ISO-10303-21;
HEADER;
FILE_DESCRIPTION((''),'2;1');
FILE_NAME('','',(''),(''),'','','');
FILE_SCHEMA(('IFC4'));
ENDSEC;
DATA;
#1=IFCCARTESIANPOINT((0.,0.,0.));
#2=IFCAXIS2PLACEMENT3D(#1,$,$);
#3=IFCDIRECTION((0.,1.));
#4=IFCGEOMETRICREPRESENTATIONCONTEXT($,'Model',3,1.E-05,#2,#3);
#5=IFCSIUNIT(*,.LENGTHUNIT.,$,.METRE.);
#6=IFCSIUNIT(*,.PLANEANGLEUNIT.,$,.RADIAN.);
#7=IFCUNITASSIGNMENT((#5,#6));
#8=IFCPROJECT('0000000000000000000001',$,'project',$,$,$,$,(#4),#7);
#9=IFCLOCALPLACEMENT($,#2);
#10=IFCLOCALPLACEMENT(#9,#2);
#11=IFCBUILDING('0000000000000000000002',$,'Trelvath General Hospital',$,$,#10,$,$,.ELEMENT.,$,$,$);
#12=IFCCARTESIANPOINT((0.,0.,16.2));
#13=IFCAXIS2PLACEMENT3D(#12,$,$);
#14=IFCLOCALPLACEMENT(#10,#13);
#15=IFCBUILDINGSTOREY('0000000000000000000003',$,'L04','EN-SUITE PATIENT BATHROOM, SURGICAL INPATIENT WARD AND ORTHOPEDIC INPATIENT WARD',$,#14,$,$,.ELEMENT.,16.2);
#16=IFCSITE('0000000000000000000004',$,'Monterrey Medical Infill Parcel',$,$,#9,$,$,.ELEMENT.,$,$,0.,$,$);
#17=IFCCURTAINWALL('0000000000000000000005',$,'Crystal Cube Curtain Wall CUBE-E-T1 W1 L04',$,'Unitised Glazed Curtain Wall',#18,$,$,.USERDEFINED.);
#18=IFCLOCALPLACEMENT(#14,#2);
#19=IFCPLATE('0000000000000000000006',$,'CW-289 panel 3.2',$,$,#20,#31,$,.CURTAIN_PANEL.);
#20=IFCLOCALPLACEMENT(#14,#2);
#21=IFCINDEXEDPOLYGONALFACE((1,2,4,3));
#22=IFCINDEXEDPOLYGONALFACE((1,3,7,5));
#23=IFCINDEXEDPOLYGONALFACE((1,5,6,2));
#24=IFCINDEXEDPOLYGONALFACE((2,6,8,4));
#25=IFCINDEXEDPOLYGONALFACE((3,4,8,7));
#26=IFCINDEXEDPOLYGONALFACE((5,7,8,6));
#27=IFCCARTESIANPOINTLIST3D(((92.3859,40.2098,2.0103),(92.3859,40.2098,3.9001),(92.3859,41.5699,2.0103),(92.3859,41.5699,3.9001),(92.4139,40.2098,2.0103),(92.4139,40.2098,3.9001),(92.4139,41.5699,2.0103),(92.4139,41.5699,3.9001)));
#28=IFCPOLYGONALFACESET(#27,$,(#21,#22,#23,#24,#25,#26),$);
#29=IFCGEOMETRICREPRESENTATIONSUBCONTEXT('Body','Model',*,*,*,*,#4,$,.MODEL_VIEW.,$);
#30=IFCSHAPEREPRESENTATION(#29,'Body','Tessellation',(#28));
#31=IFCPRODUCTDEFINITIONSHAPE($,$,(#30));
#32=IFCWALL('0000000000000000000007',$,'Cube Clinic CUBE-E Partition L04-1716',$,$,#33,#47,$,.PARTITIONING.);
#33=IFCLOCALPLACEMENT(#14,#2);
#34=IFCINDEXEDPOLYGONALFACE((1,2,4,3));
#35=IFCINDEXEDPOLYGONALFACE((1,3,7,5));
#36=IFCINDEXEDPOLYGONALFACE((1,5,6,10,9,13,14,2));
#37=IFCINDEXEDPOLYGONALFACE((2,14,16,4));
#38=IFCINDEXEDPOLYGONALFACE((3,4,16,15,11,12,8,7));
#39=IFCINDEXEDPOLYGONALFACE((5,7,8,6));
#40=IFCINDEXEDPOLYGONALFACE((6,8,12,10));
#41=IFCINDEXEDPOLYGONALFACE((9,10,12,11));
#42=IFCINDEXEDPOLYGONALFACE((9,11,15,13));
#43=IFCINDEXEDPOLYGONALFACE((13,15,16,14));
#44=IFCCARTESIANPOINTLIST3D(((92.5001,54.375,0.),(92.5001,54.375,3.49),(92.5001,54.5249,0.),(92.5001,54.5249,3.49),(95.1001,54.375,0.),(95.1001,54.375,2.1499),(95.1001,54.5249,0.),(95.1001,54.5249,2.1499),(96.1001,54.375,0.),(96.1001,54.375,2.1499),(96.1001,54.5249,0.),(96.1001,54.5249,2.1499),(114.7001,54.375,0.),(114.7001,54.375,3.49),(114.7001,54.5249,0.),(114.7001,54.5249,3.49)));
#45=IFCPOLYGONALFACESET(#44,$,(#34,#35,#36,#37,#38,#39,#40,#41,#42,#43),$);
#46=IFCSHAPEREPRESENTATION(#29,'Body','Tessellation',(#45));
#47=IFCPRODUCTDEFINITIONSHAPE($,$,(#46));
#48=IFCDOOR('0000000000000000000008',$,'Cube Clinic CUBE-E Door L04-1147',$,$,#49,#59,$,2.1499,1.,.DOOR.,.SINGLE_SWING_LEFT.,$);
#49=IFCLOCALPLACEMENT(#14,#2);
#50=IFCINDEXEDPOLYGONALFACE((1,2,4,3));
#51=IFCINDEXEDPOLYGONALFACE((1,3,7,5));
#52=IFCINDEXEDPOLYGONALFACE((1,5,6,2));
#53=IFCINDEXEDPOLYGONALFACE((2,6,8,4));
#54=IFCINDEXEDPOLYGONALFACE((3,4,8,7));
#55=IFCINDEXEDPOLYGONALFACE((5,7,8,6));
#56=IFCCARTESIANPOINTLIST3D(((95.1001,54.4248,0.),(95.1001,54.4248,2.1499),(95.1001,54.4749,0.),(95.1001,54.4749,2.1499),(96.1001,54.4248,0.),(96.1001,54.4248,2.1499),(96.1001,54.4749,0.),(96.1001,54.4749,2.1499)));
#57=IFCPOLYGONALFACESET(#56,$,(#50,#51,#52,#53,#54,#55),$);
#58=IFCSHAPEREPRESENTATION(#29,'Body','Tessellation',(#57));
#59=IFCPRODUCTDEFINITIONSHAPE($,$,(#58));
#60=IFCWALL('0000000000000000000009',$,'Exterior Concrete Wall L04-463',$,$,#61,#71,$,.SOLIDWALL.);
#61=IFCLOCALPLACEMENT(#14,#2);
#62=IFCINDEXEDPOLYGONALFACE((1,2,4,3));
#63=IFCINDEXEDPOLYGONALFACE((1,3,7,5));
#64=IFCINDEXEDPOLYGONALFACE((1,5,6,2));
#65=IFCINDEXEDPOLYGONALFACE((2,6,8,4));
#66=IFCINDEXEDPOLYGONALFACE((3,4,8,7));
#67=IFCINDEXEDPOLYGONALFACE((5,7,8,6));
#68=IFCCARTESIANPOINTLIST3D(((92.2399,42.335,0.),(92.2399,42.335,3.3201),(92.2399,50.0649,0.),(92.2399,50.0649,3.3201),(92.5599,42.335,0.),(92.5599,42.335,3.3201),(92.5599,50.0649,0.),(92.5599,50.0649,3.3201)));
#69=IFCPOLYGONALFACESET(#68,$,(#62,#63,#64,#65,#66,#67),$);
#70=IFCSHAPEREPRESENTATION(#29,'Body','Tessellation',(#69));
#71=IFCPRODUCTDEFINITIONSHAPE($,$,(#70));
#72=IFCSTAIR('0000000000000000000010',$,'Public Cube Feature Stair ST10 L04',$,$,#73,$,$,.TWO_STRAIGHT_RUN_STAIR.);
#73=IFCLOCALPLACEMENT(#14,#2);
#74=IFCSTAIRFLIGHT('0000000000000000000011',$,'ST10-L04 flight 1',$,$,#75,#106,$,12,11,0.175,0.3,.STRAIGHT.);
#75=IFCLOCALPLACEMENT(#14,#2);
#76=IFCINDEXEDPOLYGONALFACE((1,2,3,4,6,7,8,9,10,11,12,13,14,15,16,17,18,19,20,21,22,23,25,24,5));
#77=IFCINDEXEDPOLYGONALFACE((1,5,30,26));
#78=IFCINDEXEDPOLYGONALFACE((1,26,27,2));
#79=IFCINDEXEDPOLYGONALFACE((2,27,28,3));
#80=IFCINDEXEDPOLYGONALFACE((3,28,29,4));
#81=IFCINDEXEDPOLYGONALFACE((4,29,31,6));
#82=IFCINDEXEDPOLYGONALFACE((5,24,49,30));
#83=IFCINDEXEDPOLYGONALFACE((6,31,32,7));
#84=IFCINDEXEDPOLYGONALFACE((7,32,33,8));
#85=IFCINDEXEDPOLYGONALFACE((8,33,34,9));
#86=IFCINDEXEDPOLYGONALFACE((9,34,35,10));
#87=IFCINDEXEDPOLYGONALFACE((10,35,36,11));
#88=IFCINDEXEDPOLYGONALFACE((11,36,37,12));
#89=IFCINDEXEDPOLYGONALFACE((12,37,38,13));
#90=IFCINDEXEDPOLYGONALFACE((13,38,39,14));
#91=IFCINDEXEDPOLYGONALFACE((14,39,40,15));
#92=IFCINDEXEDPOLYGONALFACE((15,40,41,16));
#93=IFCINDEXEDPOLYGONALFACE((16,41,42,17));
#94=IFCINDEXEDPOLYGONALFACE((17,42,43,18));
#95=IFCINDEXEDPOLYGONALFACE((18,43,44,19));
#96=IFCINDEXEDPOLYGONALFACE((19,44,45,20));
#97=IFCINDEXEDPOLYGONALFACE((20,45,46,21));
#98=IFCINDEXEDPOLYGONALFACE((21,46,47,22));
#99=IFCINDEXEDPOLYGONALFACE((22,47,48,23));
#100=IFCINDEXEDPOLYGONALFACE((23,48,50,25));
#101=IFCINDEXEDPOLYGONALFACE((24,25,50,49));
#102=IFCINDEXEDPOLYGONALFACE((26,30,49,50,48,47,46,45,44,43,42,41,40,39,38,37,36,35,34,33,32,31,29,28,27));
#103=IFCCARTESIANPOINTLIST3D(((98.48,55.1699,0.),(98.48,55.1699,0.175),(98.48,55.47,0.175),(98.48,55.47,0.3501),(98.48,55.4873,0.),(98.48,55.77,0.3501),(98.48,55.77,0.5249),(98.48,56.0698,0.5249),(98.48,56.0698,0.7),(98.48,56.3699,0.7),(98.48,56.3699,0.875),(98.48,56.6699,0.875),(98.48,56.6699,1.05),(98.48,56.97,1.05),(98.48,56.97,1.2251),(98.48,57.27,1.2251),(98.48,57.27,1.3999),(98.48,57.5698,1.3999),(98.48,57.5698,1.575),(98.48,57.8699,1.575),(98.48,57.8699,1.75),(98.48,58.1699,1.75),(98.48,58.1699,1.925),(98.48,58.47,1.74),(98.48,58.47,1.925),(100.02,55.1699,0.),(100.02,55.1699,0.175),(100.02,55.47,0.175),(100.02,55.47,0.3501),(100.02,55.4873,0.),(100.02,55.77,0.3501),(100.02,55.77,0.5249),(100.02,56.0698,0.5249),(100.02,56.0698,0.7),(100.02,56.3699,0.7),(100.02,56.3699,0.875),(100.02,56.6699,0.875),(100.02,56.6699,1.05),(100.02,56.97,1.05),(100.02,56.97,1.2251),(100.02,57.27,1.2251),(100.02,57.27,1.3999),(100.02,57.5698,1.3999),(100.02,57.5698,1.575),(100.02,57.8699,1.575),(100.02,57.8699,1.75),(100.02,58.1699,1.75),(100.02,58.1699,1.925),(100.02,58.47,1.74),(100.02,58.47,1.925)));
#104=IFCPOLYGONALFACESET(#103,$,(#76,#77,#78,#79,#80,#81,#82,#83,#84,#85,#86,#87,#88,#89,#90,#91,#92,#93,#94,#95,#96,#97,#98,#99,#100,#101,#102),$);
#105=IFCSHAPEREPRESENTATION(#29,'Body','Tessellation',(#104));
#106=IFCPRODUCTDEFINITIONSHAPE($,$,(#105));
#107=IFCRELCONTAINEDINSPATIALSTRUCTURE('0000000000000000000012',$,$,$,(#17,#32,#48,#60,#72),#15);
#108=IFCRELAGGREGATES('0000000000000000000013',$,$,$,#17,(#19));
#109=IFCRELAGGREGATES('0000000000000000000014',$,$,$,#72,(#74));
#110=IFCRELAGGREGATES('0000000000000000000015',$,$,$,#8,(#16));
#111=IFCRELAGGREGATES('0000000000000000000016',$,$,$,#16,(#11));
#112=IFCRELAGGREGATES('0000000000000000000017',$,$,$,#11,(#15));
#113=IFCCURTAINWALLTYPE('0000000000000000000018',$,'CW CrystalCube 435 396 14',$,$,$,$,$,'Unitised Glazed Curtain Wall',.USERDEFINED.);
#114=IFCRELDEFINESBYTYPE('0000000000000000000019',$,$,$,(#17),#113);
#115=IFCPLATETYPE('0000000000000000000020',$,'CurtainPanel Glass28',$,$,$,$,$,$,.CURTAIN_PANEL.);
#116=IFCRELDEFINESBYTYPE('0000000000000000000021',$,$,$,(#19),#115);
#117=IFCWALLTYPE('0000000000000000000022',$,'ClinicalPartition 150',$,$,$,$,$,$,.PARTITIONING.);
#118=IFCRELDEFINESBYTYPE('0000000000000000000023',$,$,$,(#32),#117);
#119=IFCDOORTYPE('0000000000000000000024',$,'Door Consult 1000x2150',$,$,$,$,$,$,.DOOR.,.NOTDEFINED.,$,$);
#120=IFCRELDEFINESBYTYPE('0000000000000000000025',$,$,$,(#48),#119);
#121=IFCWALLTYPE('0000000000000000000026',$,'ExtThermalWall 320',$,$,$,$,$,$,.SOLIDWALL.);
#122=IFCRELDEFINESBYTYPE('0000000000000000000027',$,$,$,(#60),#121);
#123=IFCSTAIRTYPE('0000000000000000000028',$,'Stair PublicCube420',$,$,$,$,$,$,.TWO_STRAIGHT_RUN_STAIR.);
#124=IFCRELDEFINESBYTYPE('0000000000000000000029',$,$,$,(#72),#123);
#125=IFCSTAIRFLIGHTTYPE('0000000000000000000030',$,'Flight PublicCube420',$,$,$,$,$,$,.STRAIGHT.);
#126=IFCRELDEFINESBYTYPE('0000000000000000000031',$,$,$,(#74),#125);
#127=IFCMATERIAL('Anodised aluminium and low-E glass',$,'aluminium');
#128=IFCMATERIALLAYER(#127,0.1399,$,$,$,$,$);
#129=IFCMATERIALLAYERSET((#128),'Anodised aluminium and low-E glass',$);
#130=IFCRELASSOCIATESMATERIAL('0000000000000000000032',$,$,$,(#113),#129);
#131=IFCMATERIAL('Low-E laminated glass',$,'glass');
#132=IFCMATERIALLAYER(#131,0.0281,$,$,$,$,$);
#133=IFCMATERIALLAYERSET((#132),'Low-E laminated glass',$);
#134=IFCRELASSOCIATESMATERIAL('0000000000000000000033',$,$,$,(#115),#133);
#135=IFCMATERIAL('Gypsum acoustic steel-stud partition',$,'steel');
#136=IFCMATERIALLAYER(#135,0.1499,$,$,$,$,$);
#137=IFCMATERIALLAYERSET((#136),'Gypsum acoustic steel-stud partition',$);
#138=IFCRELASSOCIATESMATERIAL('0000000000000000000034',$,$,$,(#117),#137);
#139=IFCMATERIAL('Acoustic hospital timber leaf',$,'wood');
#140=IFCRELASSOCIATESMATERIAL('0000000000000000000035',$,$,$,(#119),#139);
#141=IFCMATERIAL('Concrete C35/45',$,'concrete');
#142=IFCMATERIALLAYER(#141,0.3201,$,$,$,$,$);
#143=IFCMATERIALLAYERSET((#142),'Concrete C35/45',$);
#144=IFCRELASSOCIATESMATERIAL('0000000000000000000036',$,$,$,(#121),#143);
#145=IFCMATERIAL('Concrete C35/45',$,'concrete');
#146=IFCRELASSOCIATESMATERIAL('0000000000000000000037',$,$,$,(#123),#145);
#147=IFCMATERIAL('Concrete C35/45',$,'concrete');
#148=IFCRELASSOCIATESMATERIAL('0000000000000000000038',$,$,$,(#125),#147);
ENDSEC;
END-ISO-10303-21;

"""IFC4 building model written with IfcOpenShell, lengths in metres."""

from ifc_helpers import new_model, si_unit, direction, frame, frame_2d, origin, origin_2d, place, context, subcontext, project, spatial, polyline, rectangle, outline, extrude, material, layer, layer_set, type_object, element, fill, aggregate, save


model = new_model("IFC4")

# Units and contexts
model_context = context("Model", 3, precision=1e-05, world=origin(), true_north=direction((0.0, 1.0)))
body_context = subcontext(model_context, "Body", "Model", "MODEL_VIEW")
ifc_project = project(units=[si_unit("LENGTHUNIT", "METRE"), si_unit("PLANEANGLEUNIT", "RADIAN")], contexts=[model_context])

# Site, building, storey
site_placement = place(None, origin())
site = spatial("IfcSite", under=ifc_project, at=site_placement, Name="Monterrey Medical Infill Parcel", CompositionType="ELEMENT", RefElevation=0.0)
building_placement = place(site_placement, origin())
building = spatial("IfcBuilding", under=site, at=building_placement, Name="Trelvath General Hospital", CompositionType="ELEMENT")
storey_placement = place(building_placement, frame((0.0, 0.0, 16.2)))
storey = spatial("IfcBuildingStorey", under=building, at=storey_placement, Name="L04", Description="EN-SUITE PATIENT BATHROOM, SURGICAL INPATIENT WARD AND ORTHOPEDIC INPATIENT WARD", CompositionType="ELEMENT", Elevation=16.2)

# Curtain wall
ifc_material_1 = material(Name="Anodised aluminium and low-E glass", Category="aluminium")
ifc_layer_1 = layer(ifc_material_1, 0.1399)
ifc_layer_set_1 = layer_set([ifc_layer_1], Name="Anodised aluminium and low-E glass")
curtain_wall_type_1 = type_object("IfcCurtainWallType", Name="CW CrystalCube 435 396 14", ElementType="Unitised Glazed Curtain Wall", PredefinedType="USERDEFINED", material=ifc_layer_set_1)
curtain_wall_1_placement = place(storey_placement, origin())
curtain_wall_1 = element("IfcCurtainWall", 1, at=curtain_wall_1_placement, inside=storey, type_object=curtain_wall_type_1, Name="Crystal Cube Curtain Wall CUBE-E-T1 W1 L04", ObjectType="Unitised Glazed Curtain Wall", PredefinedType="USERDEFINED")

# Plate
ifc_material_2 = material(Name="Low-E laminated glass", Category="glass")
ifc_layer_2 = layer(ifc_material_2, 0.0281)
ifc_layer_set_2 = layer_set([ifc_layer_2], Name="Low-E laminated glass")
plate_type = type_object("IfcPlateType", Name="CurtainPanel Glass28", PredefinedType="CURTAIN_PANEL", material=ifc_layer_set_2)
plate_1_placement = place(storey_placement, frame((92.3999, 40.8899, 2.0103), z_axis=(0.0, 0.0, 1.0), x_axis=(0.0, 1.0, 0.0)))
plate_1 = element("IfcPlate", 2, at=plate_1_placement, type_object=plate_type, Name="CW-289 panel 3.2", PredefinedType="CURTAIN_PANEL", context=body_context, shape_type="SweptSolid", body=[
    extrude(rectangle(XDim=1.3601, YDim=0.0281, at=origin_2d()), origin(), (0.0, 0.0, 1.0), 1.8899),
])
aggregate(curtain_wall_1, [plate_1])

# Wall, opening, door
ifc_material_3 = material(Name="Gypsum acoustic steel-stud partition", Category="steel")
ifc_layer_3 = layer(ifc_material_3, 0.1499)
ifc_layer_set_3 = layer_set([ifc_layer_3], Name="Gypsum acoustic steel-stud partition")
wall_type_1 = type_object("IfcWallType", Name="ClinicalPartition 150", PredefinedType="PARTITIONING", material=ifc_layer_set_3)
wall_1_placement = place(storey_placement, frame((92.5, 54.45, 0.0), z_axis=(0.0, 0.0, 1.0), x_axis=(1.0, 0.0, 0.0)))
wall_1 = element("IfcWall", 3, at=wall_1_placement, inside=storey, type_object=wall_type_1, Name="Cube Clinic CUBE-E Partition L04-1716", PredefinedType="PARTITIONING", context=body_context, shape_type="SweptSolid", body=[
    extrude(rectangle(XDim=22.2, YDim=0.1499, at=frame_2d((11.1001, 0.0))), origin(), (0.0, 0.0, 1.0), 3.49),
])
opening_placement = place(wall_1_placement, frame((2.6001, 0.0, 0.0)))
opening = element("IfcOpeningElement", 4, at=opening_placement, cuts=wall_1, PredefinedType="OPENING", context=body_context, shape_type="SweptSolid", body=[
    extrude(rectangle(XDim=1.0, YDim=2.1499, at=frame_2d((0.5, 1.075))), frame((0.0, 0.085, 0.0), z_axis=(0.0, -1.0, 0.0), x_axis=(1.0, 0.0, 0.0)), (0.0, 0.0, 1.0), 0.1699),
])
ifc_material_4 = material(Name="Acoustic hospital timber leaf", Category="wood")
door_type = type_object("IfcDoorType", Name="Door Consult 1000x2150", OperationType="NOTDEFINED", PredefinedType="DOOR", material=ifc_material_4)
door_placement = place(opening_placement, origin())
door = element("IfcDoor", 5, at=door_placement, inside=storey, type_object=door_type, Name="Cube Clinic CUBE-E Door L04-1147", OperationType="SINGLE_SWING_LEFT", OverallHeight=2.1499, OverallWidth=1.0, PredefinedType="DOOR", context=body_context, shape_type="SweptSolid", body=[
    extrude(rectangle(XDim=1.0, YDim=2.1499, at=frame_2d((0.5, 1.075))), frame((0.0, 0.0249, 0.0), z_axis=(0.0, -1.0, 0.0), x_axis=(1.0, 0.0, 0.0)), (0.0, 0.0, 1.0), 0.05),
])
fill(opening, door)

# Wall
ifc_material_5 = material(Name="Concrete C35/45", Category="concrete")
ifc_layer_4 = layer(ifc_material_5, 0.3201)
ifc_layer_set_4 = layer_set([ifc_layer_4], Name="Concrete C35/45")
wall_type_2 = type_object("IfcWallType", Name="ExtThermalWall 320", PredefinedType="SOLIDWALL", material=ifc_layer_set_4)
wall_2_placement = place(storey_placement, frame((92.3999, 50.0649, 0.0), z_axis=(0.0, 0.0, 1.0), x_axis=(0.0, -1.0, 0.0)))
element("IfcWall", 6, at=wall_2_placement, inside=storey, type_object=wall_type_2, Name="Exterior Concrete Wall L04-463", PredefinedType="SOLIDWALL", context=body_context, shape_type="SweptSolid", body=[
    extrude(rectangle(XDim=7.73, YDim=0.3201, at=frame_2d((3.865, 0.0))), origin(), (0.0, 0.0, 1.0), 3.3201),
])

# Stair, stair flight
ifc_material_6 = material(Name="Concrete C35/45", Category="concrete")
stair_type = type_object("IfcStairType", Name="Stair PublicCube420", PredefinedType="TWO_STRAIGHT_RUN_STAIR", material=ifc_material_6)
stair_placement = place(storey_placement, origin())
stair = element("IfcStair", 7, at=stair_placement, inside=storey, type_object=stair_type, Name="Public Cube Feature Stair ST10 L04", PredefinedType="TWO_STRAIGHT_RUN_STAIR")
ifc_material_7 = material(Name="Concrete C35/45", Category="concrete")
stair_flight_type = type_object("IfcStairFlightType", Name="Flight PublicCube420", PredefinedType="STRAIGHT", material=ifc_material_7)
stair_flight_placement = place(storey_placement, frame((99.25, 55.1699, 0.0), z_axis=(0.0, 0.0, 1.0), x_axis=(0.0, 1.0, 0.0)))
stair_flight = element("IfcStairFlight", 8, at=stair_flight_placement, type_object=stair_flight_type, Name="ST10-L04 flight 1", NumberOfRisers=12, NumberOfTreads=11, PredefinedType="STRAIGHT", RiserHeight=0.175, TreadLength=0.3, context=body_context, shape_type="SweptSolid", body=[
    extrude(outline(polyline([(0.0, 0.0), (0.0, 0.175), (0.3, 0.175), (0.3, 0.3501), (0.6001, 0.3501), (0.6001, 0.5249), (0.8999, 0.5249), (0.8999, 0.7), (1.2, 0.7), (1.2, 0.875), (1.5, 0.875), (1.5, 1.05), (1.8, 1.05), (1.8, 1.2251), (2.1001, 1.2251), (2.1001, 1.3999), (2.3999, 1.3999), (2.3999, 1.575), (2.7, 1.575), (2.7, 1.75), (3.0, 1.75), (3.0, 1.925), (3.3, 1.925), (3.3, 2.1001), (3.3, 1.74), (0.3174, 0.0), (0.0, 0.0)])), frame((0.0, 0.77, 0.0), z_axis=(0.0, -1.0, 0.0), x_axis=(1.0, 0.0, 0.0)), (0.0, 0.0, 1.0), 1.54),
])
aggregate(stair, [stair_flight])

save(model, "model.ifc")
